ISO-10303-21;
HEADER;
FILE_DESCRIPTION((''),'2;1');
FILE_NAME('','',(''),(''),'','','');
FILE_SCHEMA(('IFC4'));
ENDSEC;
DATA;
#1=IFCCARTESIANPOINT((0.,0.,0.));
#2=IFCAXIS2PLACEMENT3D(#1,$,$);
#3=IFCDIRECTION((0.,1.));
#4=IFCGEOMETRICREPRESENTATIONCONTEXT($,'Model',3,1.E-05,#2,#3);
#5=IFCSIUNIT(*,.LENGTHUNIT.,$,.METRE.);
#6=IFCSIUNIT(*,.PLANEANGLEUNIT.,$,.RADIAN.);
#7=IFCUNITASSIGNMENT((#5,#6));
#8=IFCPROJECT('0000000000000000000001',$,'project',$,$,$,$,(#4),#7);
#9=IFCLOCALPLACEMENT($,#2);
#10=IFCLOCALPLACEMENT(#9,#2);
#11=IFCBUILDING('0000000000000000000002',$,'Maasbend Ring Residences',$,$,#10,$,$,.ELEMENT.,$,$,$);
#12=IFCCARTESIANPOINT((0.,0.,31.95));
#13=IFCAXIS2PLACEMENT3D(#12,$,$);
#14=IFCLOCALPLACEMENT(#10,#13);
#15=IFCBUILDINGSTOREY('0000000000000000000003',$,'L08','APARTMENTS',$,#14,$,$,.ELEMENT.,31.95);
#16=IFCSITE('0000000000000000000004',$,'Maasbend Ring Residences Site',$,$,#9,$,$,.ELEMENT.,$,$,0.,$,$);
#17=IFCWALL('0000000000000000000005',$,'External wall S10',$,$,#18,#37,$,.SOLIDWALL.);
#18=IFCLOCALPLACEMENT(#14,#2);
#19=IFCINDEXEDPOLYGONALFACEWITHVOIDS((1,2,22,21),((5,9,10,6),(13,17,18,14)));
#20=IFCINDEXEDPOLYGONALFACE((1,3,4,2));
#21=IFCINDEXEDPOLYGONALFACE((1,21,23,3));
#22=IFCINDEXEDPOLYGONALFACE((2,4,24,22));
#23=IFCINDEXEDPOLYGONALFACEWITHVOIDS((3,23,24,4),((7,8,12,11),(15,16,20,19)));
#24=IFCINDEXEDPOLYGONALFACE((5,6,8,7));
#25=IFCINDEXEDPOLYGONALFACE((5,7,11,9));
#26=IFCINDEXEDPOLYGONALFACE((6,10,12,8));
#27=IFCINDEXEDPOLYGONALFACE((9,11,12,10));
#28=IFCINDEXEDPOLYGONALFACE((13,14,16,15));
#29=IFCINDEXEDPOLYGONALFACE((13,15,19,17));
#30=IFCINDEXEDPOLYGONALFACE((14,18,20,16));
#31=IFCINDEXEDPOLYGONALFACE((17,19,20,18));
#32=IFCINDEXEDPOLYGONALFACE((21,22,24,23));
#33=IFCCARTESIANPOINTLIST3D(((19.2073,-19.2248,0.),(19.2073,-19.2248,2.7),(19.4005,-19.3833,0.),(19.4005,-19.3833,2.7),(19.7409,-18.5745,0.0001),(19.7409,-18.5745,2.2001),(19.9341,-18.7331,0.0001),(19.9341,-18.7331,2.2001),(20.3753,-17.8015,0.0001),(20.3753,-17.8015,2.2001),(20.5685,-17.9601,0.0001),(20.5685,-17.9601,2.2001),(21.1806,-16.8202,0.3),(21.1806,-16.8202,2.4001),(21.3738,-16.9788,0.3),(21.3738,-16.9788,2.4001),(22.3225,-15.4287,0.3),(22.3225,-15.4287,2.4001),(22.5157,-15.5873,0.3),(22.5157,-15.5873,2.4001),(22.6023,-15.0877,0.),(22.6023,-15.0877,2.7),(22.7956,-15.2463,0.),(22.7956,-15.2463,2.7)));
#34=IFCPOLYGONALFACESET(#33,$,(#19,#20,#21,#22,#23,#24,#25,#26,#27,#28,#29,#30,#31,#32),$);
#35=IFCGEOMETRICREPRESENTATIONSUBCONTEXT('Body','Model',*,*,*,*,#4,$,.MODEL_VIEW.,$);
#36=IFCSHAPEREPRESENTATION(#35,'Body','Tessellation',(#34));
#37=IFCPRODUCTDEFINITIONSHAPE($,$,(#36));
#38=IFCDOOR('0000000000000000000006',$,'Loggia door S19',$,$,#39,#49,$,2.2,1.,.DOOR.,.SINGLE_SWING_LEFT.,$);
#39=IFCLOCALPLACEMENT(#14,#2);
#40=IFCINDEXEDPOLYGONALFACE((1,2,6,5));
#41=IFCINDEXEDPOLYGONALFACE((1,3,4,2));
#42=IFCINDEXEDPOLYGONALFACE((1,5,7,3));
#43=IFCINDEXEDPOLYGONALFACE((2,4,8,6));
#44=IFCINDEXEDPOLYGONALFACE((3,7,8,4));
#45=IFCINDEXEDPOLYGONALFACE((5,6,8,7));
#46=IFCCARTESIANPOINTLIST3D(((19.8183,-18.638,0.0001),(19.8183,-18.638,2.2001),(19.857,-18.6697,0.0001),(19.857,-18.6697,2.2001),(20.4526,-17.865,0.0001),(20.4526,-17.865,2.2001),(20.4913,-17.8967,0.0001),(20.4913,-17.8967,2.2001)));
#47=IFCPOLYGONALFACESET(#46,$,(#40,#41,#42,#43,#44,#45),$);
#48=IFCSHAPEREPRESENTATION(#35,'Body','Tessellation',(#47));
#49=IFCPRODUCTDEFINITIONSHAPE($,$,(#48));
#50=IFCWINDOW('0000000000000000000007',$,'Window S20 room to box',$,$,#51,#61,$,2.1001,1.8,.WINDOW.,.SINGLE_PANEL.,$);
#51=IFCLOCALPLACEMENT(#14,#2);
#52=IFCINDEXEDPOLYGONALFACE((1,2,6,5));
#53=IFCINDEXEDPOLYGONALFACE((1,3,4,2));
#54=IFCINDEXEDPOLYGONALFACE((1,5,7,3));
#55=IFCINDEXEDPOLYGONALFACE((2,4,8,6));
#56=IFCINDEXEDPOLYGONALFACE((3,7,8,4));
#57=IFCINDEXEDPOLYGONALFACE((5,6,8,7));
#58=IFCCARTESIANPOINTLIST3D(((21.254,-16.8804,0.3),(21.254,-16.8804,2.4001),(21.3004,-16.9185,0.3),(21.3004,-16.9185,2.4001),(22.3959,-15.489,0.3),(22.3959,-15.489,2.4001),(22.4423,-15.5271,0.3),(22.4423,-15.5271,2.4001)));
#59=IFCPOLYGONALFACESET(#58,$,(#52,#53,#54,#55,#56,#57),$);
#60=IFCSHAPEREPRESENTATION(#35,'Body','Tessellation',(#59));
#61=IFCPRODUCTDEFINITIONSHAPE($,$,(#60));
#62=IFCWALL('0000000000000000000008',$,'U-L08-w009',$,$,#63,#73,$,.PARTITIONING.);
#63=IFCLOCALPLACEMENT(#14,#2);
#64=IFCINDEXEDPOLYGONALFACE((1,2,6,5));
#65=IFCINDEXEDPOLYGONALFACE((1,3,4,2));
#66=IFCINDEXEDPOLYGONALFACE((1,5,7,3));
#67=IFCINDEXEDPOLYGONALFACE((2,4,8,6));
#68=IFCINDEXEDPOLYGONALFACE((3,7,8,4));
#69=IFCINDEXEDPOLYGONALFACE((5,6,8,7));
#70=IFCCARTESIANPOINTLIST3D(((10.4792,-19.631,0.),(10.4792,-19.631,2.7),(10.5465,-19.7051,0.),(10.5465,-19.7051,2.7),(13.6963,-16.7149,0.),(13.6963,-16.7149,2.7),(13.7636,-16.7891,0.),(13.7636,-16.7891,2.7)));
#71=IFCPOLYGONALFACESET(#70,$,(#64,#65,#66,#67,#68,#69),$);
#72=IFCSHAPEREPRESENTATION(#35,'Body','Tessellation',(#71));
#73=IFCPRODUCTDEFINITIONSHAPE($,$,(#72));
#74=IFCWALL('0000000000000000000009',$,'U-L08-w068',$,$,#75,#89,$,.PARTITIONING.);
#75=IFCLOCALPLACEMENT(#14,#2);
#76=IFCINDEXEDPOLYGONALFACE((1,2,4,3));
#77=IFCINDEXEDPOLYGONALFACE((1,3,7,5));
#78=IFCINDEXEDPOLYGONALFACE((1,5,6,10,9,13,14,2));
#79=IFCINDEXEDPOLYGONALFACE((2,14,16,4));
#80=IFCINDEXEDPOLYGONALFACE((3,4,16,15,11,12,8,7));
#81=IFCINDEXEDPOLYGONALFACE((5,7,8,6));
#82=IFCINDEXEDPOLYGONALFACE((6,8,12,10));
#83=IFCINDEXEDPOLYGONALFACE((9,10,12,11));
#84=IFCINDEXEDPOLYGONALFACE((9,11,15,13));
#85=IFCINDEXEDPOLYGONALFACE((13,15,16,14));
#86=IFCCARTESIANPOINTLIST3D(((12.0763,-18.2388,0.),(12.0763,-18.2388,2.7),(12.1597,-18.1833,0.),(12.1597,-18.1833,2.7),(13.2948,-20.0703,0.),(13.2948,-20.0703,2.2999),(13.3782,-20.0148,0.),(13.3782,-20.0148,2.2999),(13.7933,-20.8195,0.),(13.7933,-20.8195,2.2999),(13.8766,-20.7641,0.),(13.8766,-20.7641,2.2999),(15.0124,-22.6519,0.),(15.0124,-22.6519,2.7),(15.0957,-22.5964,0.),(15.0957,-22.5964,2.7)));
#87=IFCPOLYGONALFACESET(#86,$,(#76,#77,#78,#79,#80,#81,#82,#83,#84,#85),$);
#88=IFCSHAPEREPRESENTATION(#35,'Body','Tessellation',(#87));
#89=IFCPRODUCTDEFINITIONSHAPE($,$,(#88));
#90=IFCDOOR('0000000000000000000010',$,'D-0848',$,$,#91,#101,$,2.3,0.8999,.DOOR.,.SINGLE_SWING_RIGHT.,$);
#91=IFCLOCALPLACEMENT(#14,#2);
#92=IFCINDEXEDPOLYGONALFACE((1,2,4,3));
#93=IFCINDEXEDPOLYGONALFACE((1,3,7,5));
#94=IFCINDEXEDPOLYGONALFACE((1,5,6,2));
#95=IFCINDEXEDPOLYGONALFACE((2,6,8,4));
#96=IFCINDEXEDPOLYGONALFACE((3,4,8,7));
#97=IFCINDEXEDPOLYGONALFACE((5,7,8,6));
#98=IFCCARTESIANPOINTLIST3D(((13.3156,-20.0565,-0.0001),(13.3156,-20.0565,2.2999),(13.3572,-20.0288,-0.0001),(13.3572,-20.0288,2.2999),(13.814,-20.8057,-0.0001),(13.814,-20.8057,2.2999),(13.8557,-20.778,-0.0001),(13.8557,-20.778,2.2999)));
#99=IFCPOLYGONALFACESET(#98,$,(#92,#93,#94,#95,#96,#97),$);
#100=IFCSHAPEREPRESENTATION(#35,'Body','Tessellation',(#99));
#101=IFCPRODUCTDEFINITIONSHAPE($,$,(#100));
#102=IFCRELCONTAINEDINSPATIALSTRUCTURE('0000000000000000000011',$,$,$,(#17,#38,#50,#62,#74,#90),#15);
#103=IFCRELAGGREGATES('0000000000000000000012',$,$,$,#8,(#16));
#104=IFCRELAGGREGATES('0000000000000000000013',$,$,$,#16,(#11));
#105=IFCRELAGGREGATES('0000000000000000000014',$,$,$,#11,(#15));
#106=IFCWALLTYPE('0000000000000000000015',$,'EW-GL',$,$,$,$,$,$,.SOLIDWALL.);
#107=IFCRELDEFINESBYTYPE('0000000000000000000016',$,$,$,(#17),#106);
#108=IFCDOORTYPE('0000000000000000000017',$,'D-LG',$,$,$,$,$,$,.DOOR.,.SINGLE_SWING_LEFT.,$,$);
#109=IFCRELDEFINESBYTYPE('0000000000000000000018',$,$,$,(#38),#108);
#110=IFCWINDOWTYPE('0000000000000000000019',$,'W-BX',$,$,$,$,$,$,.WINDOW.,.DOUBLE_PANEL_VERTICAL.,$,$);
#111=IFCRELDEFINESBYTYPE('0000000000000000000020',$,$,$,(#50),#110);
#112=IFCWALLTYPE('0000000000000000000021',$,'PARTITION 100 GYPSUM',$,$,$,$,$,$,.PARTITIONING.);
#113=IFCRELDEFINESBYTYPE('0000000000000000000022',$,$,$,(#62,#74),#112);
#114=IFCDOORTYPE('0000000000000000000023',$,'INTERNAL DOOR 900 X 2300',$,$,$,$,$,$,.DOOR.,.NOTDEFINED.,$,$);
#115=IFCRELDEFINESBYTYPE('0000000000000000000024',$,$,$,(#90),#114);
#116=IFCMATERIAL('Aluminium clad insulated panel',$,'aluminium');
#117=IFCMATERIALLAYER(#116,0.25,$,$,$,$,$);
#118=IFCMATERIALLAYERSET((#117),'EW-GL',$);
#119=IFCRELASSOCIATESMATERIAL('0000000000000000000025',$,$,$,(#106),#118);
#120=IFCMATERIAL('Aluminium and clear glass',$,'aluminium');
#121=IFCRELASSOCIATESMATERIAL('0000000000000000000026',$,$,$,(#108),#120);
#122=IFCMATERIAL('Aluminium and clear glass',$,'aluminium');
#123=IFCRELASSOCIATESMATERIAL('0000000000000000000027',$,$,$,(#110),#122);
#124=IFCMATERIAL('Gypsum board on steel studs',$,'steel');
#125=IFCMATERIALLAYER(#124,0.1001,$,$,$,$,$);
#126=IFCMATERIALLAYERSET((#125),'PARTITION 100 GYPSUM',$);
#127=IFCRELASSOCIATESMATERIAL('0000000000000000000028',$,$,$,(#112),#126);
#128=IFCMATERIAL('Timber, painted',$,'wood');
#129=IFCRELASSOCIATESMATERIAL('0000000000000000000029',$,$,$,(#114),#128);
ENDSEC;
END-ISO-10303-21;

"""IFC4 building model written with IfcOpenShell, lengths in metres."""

from ifc_helpers import new_model, si_unit, direction, frame, frame_2d, origin, place, context, subcontext, project, spatial, rectangle, extrude, material, layer, layer_set, type_object, element, fill, save


model = new_model("IFC4")

# Units and contexts
model_context = context("Model", 3, precision=1e-05, world=origin(), true_north=direction((0.0, 1.0)))
body_context = subcontext(model_context, "Body", "Model", "MODEL_VIEW")
ifc_project = project(units=[si_unit("LENGTHUNIT", "METRE"), si_unit("PLANEANGLEUNIT", "RADIAN")], contexts=[model_context])

# Site, building, storey
site_placement = place(None, origin())
site = spatial("IfcSite", under=ifc_project, at=site_placement, Name="Maasbend Ring Residences Site", CompositionType="ELEMENT", RefElevation=0.0)
building_placement = place(site_placement, origin())
building = spatial("IfcBuilding", under=site, at=building_placement, Name="Maasbend Ring Residences", CompositionType="ELEMENT")
storey_placement = place(building_placement, frame((0.0, 0.0, 31.95)))
storey = spatial("IfcBuildingStorey", under=building, at=storey_placement, Name="L08", Description="APARTMENTS", CompositionType="ELEMENT", Elevation=31.95)

# Wall, openings, door, window
ifc_material_1 = material(Name="Aluminium clad insulated panel", Category="aluminium")
ifc_layer_1 = layer(ifc_material_1, 0.25)
ifc_layer_set_1 = layer_set([ifc_layer_1], Name="EW-GL")
wall_type_1 = type_object("IfcWallType", Name="EW-GL", PredefinedType="SOLIDWALL", material=ifc_layer_set_1)
ifc_material_2 = material(Name="Aluminium and clear glass", Category="aluminium")
door_type_1 = type_object("IfcDoorType", Name="D-LG", OperationType="SINGLE_SWING_LEFT", PredefinedType="DOOR", material=ifc_material_2)
ifc_material_3 = material(Name="Aluminium and clear glass", Category="aluminium")
window_type_1 = type_object("IfcWindowType", Name="W-BX", PartitioningType="DOUBLE_PANEL_VERTICAL", PredefinedType="WINDOW", material=ifc_material_3)
wall_1_placement = place(storey_placement, frame((19.304, -19.304, 0.0), z_axis=(0.0, 0.0, 1.0), x_axis=(0.634382, 0.773019, 0.0)))
wall_1 = element("IfcWall", 1, at=wall_1_placement, inside=storey, type_object=wall_type_1, Name="External wall S10", PredefinedType="SOLIDWALL", context=body_context, shape_type="SweptSolid", body=[
    extrude(rectangle(XDim=5.3518, YDim=0.25, at=frame_2d((2.6758, 0.0))), origin(), (0.0, 0.0, 1.0), 2.7),
])
opening_1_placement = place(wall_1_placement, frame((0.8411, 0.0, 0.0)))
opening_1 = element("IfcOpeningElement", 2, at=opening_1_placement, cuts=wall_1, PredefinedType="OPENING", context=body_context, shape_type="SweptSolid", body=[
    extrude(rectangle(XDim=1.0, YDim=2.2, at=frame_2d((0.5, 1.1001))), frame((0.0, 0.135, 0.0), z_axis=(0.0, -1.0, 0.0), x_axis=(1.0, 0.0, 0.0)), (0.0, 0.0, 1.0), 0.27),
])
opening_2_placement = place(wall_1_placement, frame((3.1106, 0.0, 0.3)))
opening_2 = element("IfcOpeningElement", 3, at=opening_2_placement, cuts=wall_1, PredefinedType="OPENING", context=body_context, shape_type="SweptSolid", body=[
    extrude(rectangle(XDim=1.8, YDim=2.1001, at=frame_2d((0.8999, 1.05))), frame((0.0, 0.135, 0.0), z_axis=(0.0, -1.0, 0.0), x_axis=(1.0, 0.0, 0.0)), (0.0, 0.0, 1.0), 0.27),
])
door_1_placement = place(opening_1_placement, origin())
door_1 = element("IfcDoor", 4, at=door_1_placement, inside=storey, type_object=door_type_1, Name="Loggia door S19", OperationType="SINGLE_SWING_LEFT", OverallHeight=2.2, OverallWidth=1.0, PredefinedType="DOOR", context=body_context, shape_type="SweptSolid", body=[
    extrude(rectangle(XDim=1.0, YDim=2.2, at=frame_2d((0.5, 1.1001))), frame((0.0, 0.0249, 0.0), z_axis=(0.0, -1.0, 0.0), x_axis=(1.0, 0.0, 0.0)), (0.0, 0.0, 1.0), 0.05),
])
fill(opening_1, door_1)
window_1_placement = place(opening_2_placement, origin())
window_1 = element("IfcWindow", 5, at=window_1_placement, inside=storey, type_object=window_type_1, Name="Window S20 room to box", OverallHeight=2.1001, OverallWidth=1.8, PartitioningType="SINGLE_PANEL", PredefinedType="WINDOW", context=body_context, shape_type="SweptSolid", body=[
    extrude(rectangle(XDim=1.8, YDim=2.1001, at=frame_2d((0.8999, 1.05))), frame((0.0, 0.03, 0.0), z_axis=(0.0, -1.0, 0.0), x_axis=(1.0, 0.0, 0.0)), (0.0, 0.0, 1.0), 0.0601),
])
fill(opening_2, window_1)

# Wall
ifc_material_4 = material(Name="Gypsum board on steel studs", Category="steel")
ifc_layer_2 = layer(ifc_material_4, 0.1001)
ifc_layer_set_2 = layer_set([ifc_layer_2], Name="PARTITION 100 GYPSUM")
wall_type_2 = type_object("IfcWallType", Name="PARTITION 100 GYPSUM", PredefinedType="PARTITIONING", material=ifc_layer_set_2)
wall_2_placement = place(storey_placement, frame((10.5129, -19.668, 0.0), z_axis=(0.0, 0.0, 1.0), x_axis=(0.740921, 0.671592, 0.0)))
element("IfcWall", 6, at=wall_2_placement, inside=storey, type_object=wall_type_2, Name="U-L08-w009", PredefinedType="PARTITIONING", context=body_context, shape_type="SweptSolid", body=[
    extrude(rectangle(XDim=4.342, YDim=0.1001, at=frame_2d((2.1709, 0.0))), origin(), (0.0, 0.0, 1.0), 2.7),
])

# Wall, opening, door
wall_3_placement = place(storey_placement, frame((12.1179, -18.2109, 0.0), z_axis=(0.0, 0.0, 1.0), x_axis=(0.553913, -0.832574, 0.0)))
wall_3 = element("IfcWall", 7, at=wall_3_placement, inside=storey, type_object=wall_type_2, Name="U-L08-w068", PredefinedType="PARTITIONING", context=body_context, shape_type="SweptSolid", body=[
    extrude(rectangle(XDim=5.3005, YDim=0.1001, at=frame_2d((2.6504, 0.0))), origin(), (0.0, 0.0, 1.0), 2.7),
])
opening_3_placement = place(wall_3_placement, frame((2.2, 0.0, 0.0)))
opening_3 = element("IfcOpeningElement", 8, at=opening_3_placement, cuts=wall_3, PredefinedType="OPENING", context=body_context, shape_type="SweptSolid", body=[
    extrude(rectangle(XDim=0.8999, YDim=2.3, at=frame_2d((0.45, 1.1499))), frame((0.0, 0.0601, 0.0), z_axis=(0.0, -1.0, 0.0), x_axis=(1.0, 0.0, 0.0)), (0.0, 0.0, 1.0), 0.1201),
])
ifc_material_5 = material(Name="Timber, painted", Category="wood")
door_type_2 = type_object("IfcDoorType", Name="INTERNAL DOOR 900 X 2300", OperationType="NOTDEFINED", PredefinedType="DOOR", material=ifc_material_5)
door_2_placement = place(opening_3_placement, origin())
door_2 = element("IfcDoor", 9, at=door_2_placement, inside=storey, type_object=door_type_2, Name="D-0848", OperationType="SINGLE_SWING_RIGHT", OverallHeight=2.3, OverallWidth=0.8999, PredefinedType="DOOR", context=body_context, shape_type="SweptSolid", body=[
    extrude(rectangle(XDim=0.8999, YDim=2.3, at=frame_2d((0.45, 1.1499))), frame((0.0, 0.0249, 0.0), z_axis=(0.0, -1.0, 0.0), x_axis=(1.0, 0.0, 0.0)), (0.0, 0.0, 1.0), 0.05),
])
fill(opening_3, door_2)

save(model, "model.ifc")
